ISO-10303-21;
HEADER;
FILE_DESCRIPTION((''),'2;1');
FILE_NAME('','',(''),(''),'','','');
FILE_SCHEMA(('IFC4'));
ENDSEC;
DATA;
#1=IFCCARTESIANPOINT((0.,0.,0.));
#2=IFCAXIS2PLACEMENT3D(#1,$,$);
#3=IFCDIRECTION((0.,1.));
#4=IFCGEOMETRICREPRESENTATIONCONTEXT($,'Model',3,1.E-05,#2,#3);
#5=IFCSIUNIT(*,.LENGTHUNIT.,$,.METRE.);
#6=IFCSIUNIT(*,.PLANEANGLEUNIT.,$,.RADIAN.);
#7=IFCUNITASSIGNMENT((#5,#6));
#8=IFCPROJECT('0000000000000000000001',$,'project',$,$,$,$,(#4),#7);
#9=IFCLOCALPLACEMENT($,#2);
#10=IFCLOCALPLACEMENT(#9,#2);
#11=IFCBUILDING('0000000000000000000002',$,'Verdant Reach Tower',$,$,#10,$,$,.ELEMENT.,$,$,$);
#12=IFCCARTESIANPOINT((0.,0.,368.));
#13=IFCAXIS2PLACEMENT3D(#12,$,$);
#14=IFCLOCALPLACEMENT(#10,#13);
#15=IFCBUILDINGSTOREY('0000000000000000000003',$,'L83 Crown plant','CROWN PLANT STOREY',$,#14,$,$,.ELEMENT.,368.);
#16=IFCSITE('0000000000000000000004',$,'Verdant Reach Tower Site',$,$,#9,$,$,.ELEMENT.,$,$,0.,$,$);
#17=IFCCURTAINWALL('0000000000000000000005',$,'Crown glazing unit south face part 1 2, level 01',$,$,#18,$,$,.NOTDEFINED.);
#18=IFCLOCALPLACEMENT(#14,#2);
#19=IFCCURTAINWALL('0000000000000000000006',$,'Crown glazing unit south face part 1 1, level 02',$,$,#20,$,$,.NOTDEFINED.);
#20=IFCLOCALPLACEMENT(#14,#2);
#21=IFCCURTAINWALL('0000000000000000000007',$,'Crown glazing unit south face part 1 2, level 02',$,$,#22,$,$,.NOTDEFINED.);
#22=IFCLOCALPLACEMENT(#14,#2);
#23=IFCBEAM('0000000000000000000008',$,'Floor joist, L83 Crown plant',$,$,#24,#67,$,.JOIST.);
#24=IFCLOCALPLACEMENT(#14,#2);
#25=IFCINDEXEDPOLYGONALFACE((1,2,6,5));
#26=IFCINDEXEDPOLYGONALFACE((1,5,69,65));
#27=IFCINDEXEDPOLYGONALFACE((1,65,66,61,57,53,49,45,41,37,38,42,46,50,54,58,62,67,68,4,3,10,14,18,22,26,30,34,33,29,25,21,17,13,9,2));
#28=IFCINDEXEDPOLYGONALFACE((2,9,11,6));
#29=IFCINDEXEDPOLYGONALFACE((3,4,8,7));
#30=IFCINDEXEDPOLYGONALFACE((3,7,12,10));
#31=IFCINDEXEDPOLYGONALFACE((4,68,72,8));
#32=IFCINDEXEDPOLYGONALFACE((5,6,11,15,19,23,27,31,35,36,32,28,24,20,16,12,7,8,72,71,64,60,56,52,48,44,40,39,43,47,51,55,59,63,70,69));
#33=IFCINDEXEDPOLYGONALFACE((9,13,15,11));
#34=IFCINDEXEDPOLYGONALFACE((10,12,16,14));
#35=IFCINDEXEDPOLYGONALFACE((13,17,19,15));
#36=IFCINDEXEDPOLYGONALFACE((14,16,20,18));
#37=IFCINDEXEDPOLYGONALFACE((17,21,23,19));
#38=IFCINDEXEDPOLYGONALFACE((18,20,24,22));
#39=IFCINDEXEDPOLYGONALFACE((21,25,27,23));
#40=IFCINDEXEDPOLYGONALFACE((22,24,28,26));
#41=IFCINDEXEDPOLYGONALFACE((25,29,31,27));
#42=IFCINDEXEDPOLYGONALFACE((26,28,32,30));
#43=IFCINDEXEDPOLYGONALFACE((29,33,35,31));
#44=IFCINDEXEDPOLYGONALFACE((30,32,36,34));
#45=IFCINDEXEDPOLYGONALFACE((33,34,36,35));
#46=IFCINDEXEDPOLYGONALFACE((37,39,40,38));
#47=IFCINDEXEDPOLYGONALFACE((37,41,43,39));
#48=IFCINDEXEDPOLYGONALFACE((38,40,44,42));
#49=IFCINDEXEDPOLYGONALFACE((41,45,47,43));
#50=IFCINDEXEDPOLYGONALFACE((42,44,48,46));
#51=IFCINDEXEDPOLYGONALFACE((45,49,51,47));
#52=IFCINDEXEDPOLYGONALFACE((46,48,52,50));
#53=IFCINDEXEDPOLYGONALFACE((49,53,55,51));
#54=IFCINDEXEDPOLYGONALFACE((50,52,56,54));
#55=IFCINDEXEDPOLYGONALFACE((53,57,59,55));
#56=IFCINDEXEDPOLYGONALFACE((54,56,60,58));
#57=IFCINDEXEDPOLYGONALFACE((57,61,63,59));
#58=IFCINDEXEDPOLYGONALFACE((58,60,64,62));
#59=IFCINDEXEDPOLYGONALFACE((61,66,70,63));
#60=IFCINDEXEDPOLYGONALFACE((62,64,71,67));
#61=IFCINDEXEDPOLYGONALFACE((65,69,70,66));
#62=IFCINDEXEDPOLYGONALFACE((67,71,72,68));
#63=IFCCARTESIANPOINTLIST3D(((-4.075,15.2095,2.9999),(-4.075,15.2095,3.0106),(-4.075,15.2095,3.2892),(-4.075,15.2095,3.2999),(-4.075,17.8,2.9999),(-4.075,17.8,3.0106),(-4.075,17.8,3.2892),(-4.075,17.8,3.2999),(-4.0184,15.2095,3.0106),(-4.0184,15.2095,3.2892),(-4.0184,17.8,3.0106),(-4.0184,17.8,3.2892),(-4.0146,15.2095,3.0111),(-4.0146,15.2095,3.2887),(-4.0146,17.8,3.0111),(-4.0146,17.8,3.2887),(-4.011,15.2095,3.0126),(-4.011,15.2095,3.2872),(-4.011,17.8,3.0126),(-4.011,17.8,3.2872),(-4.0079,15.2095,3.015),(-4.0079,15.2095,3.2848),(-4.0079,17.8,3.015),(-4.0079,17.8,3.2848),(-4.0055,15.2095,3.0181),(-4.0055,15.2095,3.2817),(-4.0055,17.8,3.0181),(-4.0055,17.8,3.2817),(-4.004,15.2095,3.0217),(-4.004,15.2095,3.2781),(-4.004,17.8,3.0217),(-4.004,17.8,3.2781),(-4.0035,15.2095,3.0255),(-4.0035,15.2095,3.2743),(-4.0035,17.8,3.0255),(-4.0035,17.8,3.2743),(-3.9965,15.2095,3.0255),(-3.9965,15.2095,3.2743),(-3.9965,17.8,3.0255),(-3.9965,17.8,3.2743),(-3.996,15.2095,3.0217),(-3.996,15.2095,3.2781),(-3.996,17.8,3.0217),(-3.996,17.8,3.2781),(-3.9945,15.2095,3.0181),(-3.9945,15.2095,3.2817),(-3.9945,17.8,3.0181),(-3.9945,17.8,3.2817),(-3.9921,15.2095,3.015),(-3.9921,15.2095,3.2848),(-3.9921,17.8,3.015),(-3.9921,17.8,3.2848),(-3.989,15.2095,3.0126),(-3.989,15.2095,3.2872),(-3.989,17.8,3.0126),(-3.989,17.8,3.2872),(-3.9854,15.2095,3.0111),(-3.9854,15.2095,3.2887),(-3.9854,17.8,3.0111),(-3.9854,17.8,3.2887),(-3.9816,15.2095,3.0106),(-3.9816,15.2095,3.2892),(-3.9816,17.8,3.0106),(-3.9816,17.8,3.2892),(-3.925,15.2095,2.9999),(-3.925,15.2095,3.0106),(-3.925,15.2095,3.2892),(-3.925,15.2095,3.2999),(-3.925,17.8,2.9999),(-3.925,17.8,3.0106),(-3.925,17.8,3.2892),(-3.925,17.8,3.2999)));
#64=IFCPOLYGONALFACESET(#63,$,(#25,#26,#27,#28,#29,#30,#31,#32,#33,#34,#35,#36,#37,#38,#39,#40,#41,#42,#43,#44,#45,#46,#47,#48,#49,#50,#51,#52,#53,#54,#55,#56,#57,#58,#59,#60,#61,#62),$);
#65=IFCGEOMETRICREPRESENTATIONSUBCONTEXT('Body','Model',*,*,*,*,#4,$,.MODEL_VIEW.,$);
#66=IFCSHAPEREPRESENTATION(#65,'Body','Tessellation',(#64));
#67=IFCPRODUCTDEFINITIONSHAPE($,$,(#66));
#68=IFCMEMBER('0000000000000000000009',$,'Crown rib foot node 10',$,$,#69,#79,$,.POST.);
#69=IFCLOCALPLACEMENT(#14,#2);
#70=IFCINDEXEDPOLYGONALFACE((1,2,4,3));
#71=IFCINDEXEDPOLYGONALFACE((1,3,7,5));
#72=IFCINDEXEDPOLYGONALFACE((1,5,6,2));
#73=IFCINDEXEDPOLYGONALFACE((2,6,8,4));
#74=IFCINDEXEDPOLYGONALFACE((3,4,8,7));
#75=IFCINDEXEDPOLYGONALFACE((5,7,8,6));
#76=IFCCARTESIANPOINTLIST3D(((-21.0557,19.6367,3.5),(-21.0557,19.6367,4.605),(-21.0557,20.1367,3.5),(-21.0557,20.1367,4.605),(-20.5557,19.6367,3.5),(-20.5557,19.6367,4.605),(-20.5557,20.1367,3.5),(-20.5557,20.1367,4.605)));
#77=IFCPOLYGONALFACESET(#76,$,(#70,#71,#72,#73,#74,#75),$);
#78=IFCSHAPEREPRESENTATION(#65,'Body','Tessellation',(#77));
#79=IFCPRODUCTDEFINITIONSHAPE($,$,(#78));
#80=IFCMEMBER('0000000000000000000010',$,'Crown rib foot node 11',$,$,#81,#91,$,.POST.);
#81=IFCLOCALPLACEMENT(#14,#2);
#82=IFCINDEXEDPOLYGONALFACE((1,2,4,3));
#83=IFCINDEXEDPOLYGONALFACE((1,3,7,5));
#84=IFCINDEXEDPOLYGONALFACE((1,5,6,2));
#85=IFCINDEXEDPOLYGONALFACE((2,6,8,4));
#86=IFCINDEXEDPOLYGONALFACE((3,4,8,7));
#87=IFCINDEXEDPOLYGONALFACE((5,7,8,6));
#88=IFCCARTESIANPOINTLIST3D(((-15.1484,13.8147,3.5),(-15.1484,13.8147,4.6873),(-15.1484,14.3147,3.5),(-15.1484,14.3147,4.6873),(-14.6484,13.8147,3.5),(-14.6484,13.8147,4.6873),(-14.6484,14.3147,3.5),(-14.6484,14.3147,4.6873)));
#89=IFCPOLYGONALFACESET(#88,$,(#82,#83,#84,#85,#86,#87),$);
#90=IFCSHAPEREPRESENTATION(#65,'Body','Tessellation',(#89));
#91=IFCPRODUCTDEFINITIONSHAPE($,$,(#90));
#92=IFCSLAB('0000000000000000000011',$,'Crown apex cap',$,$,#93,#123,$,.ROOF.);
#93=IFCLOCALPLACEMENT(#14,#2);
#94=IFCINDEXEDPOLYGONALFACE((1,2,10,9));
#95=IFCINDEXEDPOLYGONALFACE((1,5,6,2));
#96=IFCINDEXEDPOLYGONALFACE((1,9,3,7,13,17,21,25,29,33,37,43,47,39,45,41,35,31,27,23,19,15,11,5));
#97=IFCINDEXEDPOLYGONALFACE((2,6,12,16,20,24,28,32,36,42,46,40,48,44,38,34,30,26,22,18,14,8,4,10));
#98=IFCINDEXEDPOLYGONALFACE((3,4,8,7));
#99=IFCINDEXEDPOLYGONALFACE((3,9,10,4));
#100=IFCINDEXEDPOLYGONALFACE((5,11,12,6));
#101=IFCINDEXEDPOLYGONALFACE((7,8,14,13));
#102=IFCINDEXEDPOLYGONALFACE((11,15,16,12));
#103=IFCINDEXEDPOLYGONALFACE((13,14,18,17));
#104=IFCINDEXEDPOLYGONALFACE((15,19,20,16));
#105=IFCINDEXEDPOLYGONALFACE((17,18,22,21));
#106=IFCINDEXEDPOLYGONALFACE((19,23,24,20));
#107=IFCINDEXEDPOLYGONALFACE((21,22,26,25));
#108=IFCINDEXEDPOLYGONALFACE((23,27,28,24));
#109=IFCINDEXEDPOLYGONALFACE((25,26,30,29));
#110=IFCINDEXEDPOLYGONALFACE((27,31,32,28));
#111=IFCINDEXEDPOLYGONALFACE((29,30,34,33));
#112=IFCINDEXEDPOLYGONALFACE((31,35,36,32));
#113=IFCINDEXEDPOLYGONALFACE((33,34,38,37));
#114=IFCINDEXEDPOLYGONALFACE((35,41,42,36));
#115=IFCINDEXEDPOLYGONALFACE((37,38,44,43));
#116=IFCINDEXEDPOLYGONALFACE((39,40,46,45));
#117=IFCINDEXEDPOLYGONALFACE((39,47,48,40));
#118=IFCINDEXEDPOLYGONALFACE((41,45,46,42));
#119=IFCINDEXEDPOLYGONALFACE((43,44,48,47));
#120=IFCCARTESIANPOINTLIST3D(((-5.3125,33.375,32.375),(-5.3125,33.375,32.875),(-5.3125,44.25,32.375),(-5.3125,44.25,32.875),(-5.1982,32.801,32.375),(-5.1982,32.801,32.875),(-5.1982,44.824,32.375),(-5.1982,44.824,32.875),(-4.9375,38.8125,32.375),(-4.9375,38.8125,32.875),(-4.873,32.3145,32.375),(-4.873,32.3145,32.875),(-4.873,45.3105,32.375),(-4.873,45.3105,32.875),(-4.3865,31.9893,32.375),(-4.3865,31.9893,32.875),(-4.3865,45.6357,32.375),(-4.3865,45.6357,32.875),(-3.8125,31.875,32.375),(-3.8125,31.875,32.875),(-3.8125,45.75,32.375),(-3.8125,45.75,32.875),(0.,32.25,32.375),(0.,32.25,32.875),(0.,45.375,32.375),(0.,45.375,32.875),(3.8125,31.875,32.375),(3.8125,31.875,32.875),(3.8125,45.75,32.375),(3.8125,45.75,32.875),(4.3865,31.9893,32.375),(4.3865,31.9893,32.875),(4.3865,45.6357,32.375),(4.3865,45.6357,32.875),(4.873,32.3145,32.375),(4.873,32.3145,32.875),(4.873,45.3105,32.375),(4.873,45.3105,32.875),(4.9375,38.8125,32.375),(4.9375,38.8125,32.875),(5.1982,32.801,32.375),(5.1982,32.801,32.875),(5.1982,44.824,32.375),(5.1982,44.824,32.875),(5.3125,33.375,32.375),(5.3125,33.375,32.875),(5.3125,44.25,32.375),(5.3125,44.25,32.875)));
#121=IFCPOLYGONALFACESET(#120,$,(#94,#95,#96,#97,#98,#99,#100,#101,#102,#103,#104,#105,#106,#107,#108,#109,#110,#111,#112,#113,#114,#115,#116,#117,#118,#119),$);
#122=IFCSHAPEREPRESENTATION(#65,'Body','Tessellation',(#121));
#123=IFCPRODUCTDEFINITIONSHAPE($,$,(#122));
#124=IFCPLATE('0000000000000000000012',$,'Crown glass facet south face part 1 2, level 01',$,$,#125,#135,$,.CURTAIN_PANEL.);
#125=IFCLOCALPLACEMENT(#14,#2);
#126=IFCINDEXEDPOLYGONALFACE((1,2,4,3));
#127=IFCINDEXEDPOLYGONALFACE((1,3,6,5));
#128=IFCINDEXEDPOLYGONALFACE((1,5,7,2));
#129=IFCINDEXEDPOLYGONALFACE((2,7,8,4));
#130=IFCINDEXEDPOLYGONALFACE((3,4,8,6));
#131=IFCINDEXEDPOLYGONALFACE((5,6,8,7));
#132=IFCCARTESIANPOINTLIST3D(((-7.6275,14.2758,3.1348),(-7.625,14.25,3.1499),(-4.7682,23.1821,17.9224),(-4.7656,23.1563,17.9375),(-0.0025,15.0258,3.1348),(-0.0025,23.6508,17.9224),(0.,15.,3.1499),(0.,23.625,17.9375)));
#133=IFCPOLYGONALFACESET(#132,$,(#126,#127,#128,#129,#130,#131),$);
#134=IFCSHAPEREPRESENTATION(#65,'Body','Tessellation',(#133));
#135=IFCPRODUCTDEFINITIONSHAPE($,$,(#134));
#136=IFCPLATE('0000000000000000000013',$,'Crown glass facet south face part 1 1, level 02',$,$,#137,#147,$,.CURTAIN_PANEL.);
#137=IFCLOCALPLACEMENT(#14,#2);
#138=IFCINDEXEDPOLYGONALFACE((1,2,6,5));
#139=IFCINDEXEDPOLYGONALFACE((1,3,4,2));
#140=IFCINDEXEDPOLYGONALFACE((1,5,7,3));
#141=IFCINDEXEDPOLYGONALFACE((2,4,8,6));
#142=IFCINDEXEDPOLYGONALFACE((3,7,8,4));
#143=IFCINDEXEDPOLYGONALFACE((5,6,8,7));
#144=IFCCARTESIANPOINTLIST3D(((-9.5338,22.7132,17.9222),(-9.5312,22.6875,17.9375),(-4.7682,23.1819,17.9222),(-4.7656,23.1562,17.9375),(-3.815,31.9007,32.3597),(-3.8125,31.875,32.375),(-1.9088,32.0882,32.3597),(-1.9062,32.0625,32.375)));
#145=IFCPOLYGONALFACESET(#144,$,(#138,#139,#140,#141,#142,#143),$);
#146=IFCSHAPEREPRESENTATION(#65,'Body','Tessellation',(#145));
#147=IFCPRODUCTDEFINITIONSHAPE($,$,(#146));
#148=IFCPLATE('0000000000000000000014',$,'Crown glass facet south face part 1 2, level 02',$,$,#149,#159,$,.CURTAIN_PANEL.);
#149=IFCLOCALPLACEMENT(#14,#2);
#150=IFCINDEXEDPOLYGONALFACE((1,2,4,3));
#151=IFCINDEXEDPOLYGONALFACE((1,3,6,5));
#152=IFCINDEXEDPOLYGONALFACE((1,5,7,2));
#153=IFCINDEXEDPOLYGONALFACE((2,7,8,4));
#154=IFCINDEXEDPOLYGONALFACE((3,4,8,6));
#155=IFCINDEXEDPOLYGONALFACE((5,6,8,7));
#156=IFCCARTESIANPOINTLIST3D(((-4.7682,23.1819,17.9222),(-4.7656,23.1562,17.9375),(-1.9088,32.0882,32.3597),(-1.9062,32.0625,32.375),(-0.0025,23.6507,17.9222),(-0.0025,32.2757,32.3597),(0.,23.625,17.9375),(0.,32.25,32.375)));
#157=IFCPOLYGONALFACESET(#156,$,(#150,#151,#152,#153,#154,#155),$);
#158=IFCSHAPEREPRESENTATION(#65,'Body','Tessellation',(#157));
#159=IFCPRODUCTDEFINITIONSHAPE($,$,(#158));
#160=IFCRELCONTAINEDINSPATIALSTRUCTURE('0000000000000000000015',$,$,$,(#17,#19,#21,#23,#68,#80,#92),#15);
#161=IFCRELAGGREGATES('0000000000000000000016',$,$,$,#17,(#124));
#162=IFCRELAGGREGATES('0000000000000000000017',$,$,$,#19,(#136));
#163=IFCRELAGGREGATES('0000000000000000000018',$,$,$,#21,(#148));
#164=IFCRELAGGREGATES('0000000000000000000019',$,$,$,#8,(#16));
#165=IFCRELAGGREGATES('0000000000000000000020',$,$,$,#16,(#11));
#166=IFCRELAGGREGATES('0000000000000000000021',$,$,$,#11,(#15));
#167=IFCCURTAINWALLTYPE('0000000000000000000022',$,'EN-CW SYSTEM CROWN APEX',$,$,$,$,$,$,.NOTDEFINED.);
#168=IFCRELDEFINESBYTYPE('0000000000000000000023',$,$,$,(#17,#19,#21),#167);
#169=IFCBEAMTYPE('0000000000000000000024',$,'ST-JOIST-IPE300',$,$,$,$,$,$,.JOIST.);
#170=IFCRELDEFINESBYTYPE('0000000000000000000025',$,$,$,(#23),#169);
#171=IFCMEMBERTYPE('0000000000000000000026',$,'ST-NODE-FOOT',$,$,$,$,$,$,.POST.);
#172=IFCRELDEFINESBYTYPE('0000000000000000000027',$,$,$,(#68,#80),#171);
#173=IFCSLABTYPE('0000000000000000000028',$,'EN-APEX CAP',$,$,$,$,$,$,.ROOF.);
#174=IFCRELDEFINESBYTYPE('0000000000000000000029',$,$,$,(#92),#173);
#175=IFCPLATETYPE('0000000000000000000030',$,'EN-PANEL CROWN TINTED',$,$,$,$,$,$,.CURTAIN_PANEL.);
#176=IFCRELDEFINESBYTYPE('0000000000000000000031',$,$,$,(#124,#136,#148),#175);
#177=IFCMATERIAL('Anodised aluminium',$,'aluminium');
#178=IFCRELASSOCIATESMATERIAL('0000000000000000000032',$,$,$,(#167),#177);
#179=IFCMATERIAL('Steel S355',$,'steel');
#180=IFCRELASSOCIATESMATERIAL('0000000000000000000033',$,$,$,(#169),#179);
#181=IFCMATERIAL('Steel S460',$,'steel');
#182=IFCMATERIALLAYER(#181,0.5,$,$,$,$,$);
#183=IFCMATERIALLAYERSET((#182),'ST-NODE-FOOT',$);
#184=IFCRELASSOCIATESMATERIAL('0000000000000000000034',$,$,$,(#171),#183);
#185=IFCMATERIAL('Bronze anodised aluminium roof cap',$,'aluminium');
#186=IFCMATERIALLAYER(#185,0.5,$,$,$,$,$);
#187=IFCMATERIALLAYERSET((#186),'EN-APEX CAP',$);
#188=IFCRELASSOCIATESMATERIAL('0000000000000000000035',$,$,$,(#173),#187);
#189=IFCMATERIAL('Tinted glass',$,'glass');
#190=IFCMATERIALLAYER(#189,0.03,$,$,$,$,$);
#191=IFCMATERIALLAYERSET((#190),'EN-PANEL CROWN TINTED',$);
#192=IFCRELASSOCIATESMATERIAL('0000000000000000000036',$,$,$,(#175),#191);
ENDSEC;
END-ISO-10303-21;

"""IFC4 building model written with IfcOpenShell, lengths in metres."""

from ifc_helpers import new_model, si_unit, direction, frame, origin, origin_2d, place, context, subcontext, project, spatial, polyline, rectangle, i_section, outline, extrude, material, layer, layer_set, material_profile, profile_set, type_object, element, aggregate, save


model = new_model("IFC4")

# Units and contexts
model_context = context("Model", 3, precision=1e-05, world=origin(), true_north=direction((0.0, 1.0)))
body_context = subcontext(model_context, "Body", "Model", "MODEL_VIEW")
ifc_project = project(units=[si_unit("LENGTHUNIT", "METRE"), si_unit("PLANEANGLEUNIT", "RADIAN")], contexts=[model_context])

# Site, building, storey
site_placement = place(None, origin())
site = spatial("IfcSite", under=ifc_project, at=site_placement, Name="Verdant Reach Tower Site", CompositionType="ELEMENT", RefElevation=0.0)
building_placement = place(site_placement, origin())
building = spatial("IfcBuilding", under=site, at=building_placement, Name="Verdant Reach Tower", CompositionType="ELEMENT")
storey_placement = place(building_placement, frame((0.0, 0.0, 368.0)))
storey = spatial("IfcBuildingStorey", under=building, at=storey_placement, Name="L83 Crown plant", Description="CROWN PLANT STOREY", CompositionType="ELEMENT", Elevation=368.0)

# Curtain walls
ifc_material_1 = material(Name="Anodised aluminium", Category="aluminium")
curtain_wall_type = type_object("IfcCurtainWallType", Name="EN-CW SYSTEM CROWN APEX", PredefinedType="NOTDEFINED", material=ifc_material_1)
curtain_wall_1_placement = place(storey_placement, origin())
curtain_wall_1 = element("IfcCurtainWall", 1, at=curtain_wall_1_placement, inside=storey, type_object=curtain_wall_type, Name="Crown glazing unit south face part 1 2, level 01", PredefinedType="NOTDEFINED")
curtain_wall_2_placement = place(storey_placement, origin())
curtain_wall_2 = element("IfcCurtainWall", 2, at=curtain_wall_2_placement, inside=storey, type_object=curtain_wall_type, Name="Crown glazing unit south face part 1 1, level 02", PredefinedType="NOTDEFINED")
curtain_wall_3_placement = place(storey_placement, origin())
curtain_wall_3 = element("IfcCurtainWall", 3, at=curtain_wall_3_placement, inside=storey, type_object=curtain_wall_type, Name="Crown glazing unit south face part 1 2, level 02", PredefinedType="NOTDEFINED")

# Shared definitions
ifc_material_2 = material(Name="Steel S460", Category="steel")

# Beam
ifc_material_3 = material(Name="Steel S355", Category="steel")
ifc_material_profile_1 = material_profile(ifc_material_3, i_section(OverallWidth=0.1499, OverallDepth=0.3, WebThickness=0.0071, FlangeThickness=0.0107, FilletRadius=0.0149, at=origin_2d()), Name="IPE 300")
ifc_profile_set_1 = profile_set([ifc_material_profile_1], Name="Steel S355")
beam_type = type_object("IfcBeamType", Name="ST-JOIST-IPE300", PredefinedType="JOIST", material=ifc_profile_set_1)
beam_1_placement = place(storey_placement, frame((-4.0, 17.8, 3.1499), z_axis=(0.0, -1.0, 0.0), x_axis=(1.0, 0.0, 0.0)))
element("IfcBeam", 4, at=beam_1_placement, inside=storey, type_object=beam_type, Name="Floor joist, L83 Crown plant", PredefinedType="JOIST", context=body_context, shape_type="SweptSolid", body=[
    extrude(i_section(OverallWidth=0.1499, OverallDepth=0.3, WebThickness=0.0071, FlangeThickness=0.0107, FilletRadius=0.0149, at=origin_2d()), origin(), (0.0, 0.0, 1.0), 2.5906),
])

# Members
ifc_layer_1 = layer(ifc_material_2, 0.5)
ifc_layer_set_1 = layer_set([ifc_layer_1], Name="ST-NODE-FOOT")
member_type_1 = type_object("IfcMemberType", Name="ST-NODE-FOOT", PredefinedType="POST", material=ifc_layer_set_1)
member_1_placement = place(storey_placement, frame((-20.8057, 19.8867, 3.5), z_axis=(0.0, 0.0, 1.0), x_axis=(1.0, 0.0, 0.0)))
element("IfcMember", 5, at=member_1_placement, inside=storey, type_object=member_type_1, Name="Crown rib foot node 10", PredefinedType="POST", context=body_context, shape_type="SweptSolid", body=[
    extrude(rectangle(XDim=0.5, YDim=0.5, at=origin_2d()), origin(), (0.0, 0.0, 1.0), 1.105),
])
member_2_placement = place(storey_placement, frame((-14.8984, 14.0647, 3.5), z_axis=(0.0, 0.0, 1.0), x_axis=(1.0, 0.0, 0.0)))
element("IfcMember", 6, at=member_2_placement, inside=storey, type_object=member_type_1, Name="Crown rib foot node 11", PredefinedType="POST", context=body_context, shape_type="SweptSolid", body=[
    extrude(rectangle(XDim=0.5, YDim=0.5, at=origin_2d()), origin(), (0.0, 0.0, 1.0), 1.1873),
])

# Slab
ifc_material_4 = material(Name="Bronze anodised aluminium roof cap", Category="aluminium")
ifc_layer_2 = layer(ifc_material_4, 0.5)
ifc_layer_set_2 = layer_set([ifc_layer_2], Name="EN-APEX CAP")
slab_type_1 = type_object("IfcSlabType", Name="EN-APEX CAP", PredefinedType="ROOF", material=ifc_layer_set_2)
slab_1_placement = place(storey_placement, frame((0.0, 0.0, 32.375)))
element("IfcSlab", 7, at=slab_1_placement, inside=storey, type_object=slab_type_1, Name="Crown apex cap", PredefinedType="ROOF", context=body_context, shape_type="SweptSolid", body=[
    extrude(outline(polyline([(3.8125, 31.875), (4.3865, 31.9893), (4.873, 32.3145), (5.1982, 32.801), (5.3125, 33.375), (4.9375, 38.8125), (5.3125, 44.25), (5.1982, 44.824), (4.873, 45.3105), (4.3865, 45.6357), (3.8125, 45.75), (0.0, 45.375), (-3.8125, 45.75), (-4.3865, 45.6357), (-4.873, 45.3105), (-5.1982, 44.824), (-5.3125, 44.25), (-4.9375, 38.8125), (-5.3125, 33.375), (-5.1982, 32.801), (-4.873, 32.3145), (-4.3865, 31.9893), (-3.8125, 31.875), (0.0, 32.25), (3.8125, 31.875)])), origin(), (0.0, 0.0, 1.0), 0.5),
])

# Plates
ifc_material_5 = material(Name="Tinted glass", Category="glass")
ifc_layer_3 = layer(ifc_material_5, 0.03)
ifc_layer_set_3 = layer_set([ifc_layer_3], Name="EN-PANEL CROWN TINTED")
plate_type = type_object("IfcPlateType", Name="EN-PANEL CROWN TINTED", PredefinedType="CURTAIN_PANEL", material=ifc_layer_set_3)
plate_1_placement = place(storey_placement, frame((-7.625, 14.25, 3.1499), z_axis=(0.08466, -0.860706, 0.502014), x_axis=(0.995197, 0.097888, 0.0)))
plate_1 = element("IfcPlate", 8, at=plate_1_placement, type_object=plate_type, Name="Crown glass facet south face part 1 2, level 01", PredefinedType="CURTAIN_PANEL", context=body_context, shape_type="SweptSolid", body=[
    extrude(outline(polyline([(0.0, 0.0), (7.6618, 0.0), (8.5061, 17.0983), (3.7175, 17.0983), (0.0, 0.0)])), origin(), (0.0, 0.0, -1.0), 0.03),
])
aggregate(curtain_wall_1, [plate_1])
plate_2_placement = place(storey_placement, frame((-9.5312, 22.6875, 17.9375), z_axis=(0.084141, -0.855431, 0.511037), x_axis=(0.995197, 0.097888, 0.0)))
plate_2 = element("IfcPlate", 9, at=plate_2_placement, type_object=plate_type, Name="Crown glass facet south face part 1 1, level 02", PredefinedType="CURTAIN_PANEL", context=body_context, shape_type="SweptSolid", body=[
    extrude(outline(polyline([(0.0, 0.0), (4.7886, 0.0), (8.5061, 16.7964), (6.5906, 16.7964), (0.0, 0.0)])), origin(), (0.0, 0.0, -1.0), 0.03),
])
aggregate(curtain_wall_2, [plate_2])
plate_3_placement = place(storey_placement, frame((-4.7656, 23.1562, 17.9375), z_axis=(0.084141, -0.855431, 0.511037), x_axis=(0.995197, 0.097888, 0.0)))
plate_3 = element("IfcPlate", 10, at=plate_3_placement, type_object=plate_type, Name="Crown glass facet south face part 1 2, level 02", PredefinedType="CURTAIN_PANEL", context=body_context, shape_type="SweptSolid", body=[
    extrude(outline(polyline([(0.0, 0.0), (4.7886, 0.0), (5.6329, 16.7964), (3.7175, 16.7964), (0.0, 0.0)])), origin(), (0.0, 0.0, -1.0), 0.03),
])
aggregate(curtain_wall_3, [plate_3])

save(model, "model.ifc")
